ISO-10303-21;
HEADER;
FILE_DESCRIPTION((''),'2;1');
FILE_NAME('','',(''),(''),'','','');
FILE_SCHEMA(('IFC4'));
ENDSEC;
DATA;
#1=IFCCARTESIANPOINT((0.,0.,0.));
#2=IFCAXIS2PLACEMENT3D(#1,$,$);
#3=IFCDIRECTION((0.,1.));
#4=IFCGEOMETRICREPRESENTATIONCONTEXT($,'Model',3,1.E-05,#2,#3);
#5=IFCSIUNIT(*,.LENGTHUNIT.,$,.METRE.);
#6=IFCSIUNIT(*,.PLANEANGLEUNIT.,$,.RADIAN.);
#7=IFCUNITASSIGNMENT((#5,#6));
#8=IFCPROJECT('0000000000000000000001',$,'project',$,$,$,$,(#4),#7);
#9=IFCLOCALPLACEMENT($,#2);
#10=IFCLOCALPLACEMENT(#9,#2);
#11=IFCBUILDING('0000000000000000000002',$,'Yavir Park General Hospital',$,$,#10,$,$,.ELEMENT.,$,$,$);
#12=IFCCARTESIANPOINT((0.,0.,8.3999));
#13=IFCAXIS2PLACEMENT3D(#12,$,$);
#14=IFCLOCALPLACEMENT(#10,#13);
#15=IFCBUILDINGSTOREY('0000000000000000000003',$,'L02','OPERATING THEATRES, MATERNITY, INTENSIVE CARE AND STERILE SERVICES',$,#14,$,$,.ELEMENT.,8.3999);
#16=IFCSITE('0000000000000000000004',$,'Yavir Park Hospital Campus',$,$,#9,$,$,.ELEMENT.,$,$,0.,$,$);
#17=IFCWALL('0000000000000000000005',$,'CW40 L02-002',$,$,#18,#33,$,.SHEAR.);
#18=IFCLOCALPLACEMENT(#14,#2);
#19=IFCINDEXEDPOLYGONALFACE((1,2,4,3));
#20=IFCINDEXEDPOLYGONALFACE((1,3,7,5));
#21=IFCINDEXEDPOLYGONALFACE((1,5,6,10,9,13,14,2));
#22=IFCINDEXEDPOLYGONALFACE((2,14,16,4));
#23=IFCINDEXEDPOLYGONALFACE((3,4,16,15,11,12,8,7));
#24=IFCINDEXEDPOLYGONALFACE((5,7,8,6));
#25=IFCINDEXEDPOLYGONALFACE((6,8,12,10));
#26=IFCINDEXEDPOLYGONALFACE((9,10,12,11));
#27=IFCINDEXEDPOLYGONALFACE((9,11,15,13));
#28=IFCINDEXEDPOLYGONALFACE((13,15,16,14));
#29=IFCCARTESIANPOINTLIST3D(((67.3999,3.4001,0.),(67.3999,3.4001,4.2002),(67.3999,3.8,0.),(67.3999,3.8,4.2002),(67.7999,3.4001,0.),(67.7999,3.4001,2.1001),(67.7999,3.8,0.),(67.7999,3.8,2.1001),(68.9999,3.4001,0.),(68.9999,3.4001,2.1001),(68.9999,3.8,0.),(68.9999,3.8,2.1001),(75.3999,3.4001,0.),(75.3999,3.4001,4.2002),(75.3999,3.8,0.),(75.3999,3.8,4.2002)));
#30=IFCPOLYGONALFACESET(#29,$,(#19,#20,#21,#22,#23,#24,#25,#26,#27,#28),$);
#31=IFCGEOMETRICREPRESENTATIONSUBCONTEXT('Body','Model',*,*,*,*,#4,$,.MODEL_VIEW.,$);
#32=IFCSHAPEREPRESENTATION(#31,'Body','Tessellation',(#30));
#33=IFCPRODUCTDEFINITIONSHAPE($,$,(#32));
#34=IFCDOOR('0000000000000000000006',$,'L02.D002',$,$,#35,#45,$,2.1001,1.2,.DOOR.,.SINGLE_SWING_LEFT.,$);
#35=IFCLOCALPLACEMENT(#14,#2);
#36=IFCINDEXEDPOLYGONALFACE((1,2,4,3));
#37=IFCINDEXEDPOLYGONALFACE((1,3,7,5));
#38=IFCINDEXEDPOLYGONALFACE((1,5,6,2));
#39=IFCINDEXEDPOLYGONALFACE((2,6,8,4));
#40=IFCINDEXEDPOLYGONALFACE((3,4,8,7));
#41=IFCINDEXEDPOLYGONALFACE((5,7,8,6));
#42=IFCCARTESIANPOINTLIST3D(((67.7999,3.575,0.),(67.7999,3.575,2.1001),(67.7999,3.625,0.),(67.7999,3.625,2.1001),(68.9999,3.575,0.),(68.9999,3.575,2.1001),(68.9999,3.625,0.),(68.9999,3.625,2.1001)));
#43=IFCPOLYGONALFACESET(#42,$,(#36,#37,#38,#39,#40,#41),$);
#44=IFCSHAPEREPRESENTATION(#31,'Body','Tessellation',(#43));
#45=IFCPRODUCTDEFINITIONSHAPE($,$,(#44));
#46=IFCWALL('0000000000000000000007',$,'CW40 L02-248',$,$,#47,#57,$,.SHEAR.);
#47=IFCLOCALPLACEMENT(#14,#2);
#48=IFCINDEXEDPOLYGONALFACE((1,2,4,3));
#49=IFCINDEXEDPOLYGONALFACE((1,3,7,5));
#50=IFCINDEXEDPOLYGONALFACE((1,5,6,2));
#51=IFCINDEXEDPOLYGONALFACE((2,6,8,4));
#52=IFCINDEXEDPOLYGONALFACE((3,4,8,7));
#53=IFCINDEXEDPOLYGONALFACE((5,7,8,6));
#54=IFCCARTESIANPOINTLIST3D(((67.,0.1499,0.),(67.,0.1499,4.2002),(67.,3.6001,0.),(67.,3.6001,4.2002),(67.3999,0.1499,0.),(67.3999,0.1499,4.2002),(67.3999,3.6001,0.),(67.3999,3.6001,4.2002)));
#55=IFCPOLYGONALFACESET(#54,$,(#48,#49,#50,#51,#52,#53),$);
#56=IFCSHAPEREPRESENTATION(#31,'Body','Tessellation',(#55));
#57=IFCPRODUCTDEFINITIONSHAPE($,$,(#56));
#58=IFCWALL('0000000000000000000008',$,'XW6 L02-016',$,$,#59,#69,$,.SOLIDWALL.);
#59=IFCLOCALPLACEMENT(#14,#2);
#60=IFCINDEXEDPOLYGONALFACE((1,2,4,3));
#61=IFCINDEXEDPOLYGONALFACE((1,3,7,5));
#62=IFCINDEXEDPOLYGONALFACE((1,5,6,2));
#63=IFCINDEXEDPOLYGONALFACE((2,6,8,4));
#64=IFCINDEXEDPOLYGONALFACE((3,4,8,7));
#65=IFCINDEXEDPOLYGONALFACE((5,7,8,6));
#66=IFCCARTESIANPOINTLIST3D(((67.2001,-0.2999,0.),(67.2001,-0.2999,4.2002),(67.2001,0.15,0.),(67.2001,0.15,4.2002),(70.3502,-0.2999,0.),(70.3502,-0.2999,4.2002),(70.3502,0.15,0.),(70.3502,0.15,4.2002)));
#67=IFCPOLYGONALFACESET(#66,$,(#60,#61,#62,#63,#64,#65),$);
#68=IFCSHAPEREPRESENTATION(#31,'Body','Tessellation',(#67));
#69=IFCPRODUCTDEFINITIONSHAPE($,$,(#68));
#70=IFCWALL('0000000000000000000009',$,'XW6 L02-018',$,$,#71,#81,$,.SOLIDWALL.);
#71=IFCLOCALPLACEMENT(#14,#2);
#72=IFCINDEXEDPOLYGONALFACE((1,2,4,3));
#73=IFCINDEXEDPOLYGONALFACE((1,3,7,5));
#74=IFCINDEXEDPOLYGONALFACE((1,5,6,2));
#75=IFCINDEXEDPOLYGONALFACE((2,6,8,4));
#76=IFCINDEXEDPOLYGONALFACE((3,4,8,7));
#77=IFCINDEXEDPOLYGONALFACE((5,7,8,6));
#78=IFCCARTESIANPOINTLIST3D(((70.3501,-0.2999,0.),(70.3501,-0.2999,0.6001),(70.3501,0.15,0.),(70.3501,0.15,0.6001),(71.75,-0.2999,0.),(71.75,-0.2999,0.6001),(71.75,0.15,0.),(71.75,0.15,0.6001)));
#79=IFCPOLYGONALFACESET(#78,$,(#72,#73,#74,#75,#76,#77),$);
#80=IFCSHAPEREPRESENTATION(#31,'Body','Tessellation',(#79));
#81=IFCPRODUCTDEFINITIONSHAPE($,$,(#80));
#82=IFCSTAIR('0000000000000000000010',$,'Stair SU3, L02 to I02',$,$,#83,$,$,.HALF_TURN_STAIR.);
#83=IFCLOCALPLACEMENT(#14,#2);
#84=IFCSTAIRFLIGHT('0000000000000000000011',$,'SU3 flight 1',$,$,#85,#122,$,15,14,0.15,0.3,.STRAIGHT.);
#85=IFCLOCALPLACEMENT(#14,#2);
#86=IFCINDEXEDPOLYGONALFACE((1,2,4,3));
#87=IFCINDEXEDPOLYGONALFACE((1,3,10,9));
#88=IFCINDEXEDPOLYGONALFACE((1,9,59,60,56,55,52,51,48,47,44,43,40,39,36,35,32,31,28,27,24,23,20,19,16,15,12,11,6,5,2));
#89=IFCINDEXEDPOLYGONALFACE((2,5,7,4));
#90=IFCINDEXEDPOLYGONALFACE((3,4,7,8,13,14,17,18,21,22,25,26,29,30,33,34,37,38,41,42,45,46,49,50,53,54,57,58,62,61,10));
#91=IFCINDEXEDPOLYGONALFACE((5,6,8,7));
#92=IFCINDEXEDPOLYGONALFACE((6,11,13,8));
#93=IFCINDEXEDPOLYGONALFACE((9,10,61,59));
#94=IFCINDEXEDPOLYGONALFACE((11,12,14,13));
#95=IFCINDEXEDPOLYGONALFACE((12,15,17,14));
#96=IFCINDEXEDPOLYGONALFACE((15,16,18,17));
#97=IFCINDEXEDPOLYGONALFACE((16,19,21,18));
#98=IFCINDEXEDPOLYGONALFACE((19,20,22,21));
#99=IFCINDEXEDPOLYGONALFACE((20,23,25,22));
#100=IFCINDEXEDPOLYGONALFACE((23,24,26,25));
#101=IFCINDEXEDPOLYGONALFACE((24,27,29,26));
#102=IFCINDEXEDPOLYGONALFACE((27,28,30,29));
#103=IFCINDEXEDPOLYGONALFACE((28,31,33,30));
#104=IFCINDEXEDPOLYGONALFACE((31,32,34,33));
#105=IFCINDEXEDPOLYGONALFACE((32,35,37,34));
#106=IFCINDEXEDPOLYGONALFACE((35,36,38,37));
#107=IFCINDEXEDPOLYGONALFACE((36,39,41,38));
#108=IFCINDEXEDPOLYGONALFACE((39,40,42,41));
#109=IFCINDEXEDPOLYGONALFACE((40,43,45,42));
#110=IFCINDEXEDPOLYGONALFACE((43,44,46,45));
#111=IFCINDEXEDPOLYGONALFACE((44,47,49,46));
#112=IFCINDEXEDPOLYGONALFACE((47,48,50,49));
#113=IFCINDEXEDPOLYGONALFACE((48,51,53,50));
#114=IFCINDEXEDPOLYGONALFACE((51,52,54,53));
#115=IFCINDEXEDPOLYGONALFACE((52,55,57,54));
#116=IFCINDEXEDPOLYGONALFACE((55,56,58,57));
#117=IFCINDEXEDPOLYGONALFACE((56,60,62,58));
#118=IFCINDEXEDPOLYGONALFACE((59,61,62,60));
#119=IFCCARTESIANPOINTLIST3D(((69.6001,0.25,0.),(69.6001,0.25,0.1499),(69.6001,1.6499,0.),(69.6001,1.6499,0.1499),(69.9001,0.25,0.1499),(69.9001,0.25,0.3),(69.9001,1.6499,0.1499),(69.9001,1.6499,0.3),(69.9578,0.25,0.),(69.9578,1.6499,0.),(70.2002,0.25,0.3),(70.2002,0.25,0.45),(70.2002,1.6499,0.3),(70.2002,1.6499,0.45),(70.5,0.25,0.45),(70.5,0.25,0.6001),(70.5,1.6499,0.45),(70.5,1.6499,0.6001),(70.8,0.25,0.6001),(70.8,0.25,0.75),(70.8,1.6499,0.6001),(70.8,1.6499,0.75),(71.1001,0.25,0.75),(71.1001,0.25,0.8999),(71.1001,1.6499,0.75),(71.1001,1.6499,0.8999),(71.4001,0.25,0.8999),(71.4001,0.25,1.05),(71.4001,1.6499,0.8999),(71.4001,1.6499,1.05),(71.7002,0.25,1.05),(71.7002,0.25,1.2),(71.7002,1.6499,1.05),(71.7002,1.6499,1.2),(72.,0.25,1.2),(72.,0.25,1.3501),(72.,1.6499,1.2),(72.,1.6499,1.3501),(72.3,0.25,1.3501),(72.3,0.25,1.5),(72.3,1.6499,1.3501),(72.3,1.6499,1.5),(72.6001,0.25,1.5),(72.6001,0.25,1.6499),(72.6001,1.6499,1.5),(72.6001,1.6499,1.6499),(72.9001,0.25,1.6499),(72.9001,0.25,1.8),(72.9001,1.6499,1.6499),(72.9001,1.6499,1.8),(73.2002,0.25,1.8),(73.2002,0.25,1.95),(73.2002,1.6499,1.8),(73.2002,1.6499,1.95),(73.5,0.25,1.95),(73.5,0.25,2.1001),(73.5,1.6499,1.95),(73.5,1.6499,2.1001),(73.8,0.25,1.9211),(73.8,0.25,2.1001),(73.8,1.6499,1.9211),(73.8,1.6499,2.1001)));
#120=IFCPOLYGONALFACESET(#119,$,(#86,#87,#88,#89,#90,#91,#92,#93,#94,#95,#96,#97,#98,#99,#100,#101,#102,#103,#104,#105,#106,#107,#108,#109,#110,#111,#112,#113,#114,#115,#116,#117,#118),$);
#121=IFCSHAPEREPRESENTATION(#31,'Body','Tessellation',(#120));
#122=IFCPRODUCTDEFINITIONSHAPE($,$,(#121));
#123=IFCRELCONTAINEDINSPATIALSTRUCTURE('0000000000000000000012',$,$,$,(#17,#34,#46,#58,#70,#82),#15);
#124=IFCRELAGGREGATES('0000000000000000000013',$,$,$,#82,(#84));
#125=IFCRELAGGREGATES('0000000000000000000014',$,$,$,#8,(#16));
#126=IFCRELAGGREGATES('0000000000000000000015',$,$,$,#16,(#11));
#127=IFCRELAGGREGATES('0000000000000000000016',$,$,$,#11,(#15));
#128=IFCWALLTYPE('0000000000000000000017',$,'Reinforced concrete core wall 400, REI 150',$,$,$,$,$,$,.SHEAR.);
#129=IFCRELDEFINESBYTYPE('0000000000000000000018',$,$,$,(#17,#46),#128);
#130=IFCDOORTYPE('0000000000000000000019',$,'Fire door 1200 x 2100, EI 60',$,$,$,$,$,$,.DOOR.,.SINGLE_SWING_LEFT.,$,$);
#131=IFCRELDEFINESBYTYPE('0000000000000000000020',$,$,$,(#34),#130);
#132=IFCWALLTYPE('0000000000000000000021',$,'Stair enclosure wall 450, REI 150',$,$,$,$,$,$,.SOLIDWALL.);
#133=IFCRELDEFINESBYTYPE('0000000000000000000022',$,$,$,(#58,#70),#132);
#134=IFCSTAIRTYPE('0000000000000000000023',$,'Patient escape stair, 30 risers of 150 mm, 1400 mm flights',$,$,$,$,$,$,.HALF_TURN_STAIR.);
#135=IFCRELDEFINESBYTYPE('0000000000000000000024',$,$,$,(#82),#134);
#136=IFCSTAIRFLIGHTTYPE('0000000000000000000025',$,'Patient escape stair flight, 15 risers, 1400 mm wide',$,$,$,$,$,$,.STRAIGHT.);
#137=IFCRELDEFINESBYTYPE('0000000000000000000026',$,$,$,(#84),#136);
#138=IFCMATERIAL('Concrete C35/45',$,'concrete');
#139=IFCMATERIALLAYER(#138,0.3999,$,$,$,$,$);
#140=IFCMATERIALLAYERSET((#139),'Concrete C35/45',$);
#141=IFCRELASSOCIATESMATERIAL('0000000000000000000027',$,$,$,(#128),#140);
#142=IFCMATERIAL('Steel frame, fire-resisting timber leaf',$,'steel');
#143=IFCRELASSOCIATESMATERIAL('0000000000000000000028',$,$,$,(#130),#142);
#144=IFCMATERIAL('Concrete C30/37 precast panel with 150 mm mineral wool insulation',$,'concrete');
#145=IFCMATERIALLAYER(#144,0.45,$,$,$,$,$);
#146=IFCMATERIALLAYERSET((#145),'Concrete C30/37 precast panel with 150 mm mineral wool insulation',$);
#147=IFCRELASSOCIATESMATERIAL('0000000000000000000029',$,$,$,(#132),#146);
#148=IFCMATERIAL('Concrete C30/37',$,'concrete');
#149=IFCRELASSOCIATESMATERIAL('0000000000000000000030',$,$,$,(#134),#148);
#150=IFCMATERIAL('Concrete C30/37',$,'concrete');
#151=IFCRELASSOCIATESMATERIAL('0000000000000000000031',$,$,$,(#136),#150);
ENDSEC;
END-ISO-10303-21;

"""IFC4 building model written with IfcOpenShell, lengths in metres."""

from ifc_helpers import new_model, si_unit, direction, frame, frame_2d, origin, place, context, subcontext, project, spatial, polyline, rectangle, outline, extrude, material, layer, layer_set, type_object, element, fill, aggregate, save


model = new_model("IFC4")

# Units and contexts
model_context = context("Model", 3, precision=1e-05, world=origin(), true_north=direction((0.0, 1.0)))
body_context = subcontext(model_context, "Body", "Model", "MODEL_VIEW")
ifc_project = project(units=[si_unit("LENGTHUNIT", "METRE"), si_unit("PLANEANGLEUNIT", "RADIAN")], contexts=[model_context])

# Site, building, storey
site_placement = place(None, origin())
site = spatial("IfcSite", under=ifc_project, at=site_placement, Name="Yavir Park Hospital Campus", CompositionType="ELEMENT", RefElevation=0.0)
building_placement = place(site_placement, origin())
building = spatial("IfcBuilding", under=site, at=building_placement, Name="Yavir Park General Hospital", CompositionType="ELEMENT")
storey_placement = place(building_placement, frame((0.0, 0.0, 8.3999)))
storey = spatial("IfcBuildingStorey", under=building, at=storey_placement, Name="L02", Description="OPERATING THEATRES, MATERNITY, INTENSIVE CARE AND STERILE SERVICES", CompositionType="ELEMENT", Elevation=8.3999)

# Wall, opening, door
ifc_material_1 = material(Name="Concrete C35/45", Category="concrete")
ifc_layer_1 = layer(ifc_material_1, 0.3999)
ifc_layer_set_1 = layer_set([ifc_layer_1], Name="Concrete C35/45")
wall_type_1 = type_object("IfcWallType", Name="Reinforced concrete core wall 400, REI 150", PredefinedType="SHEAR", material=ifc_layer_set_1)
wall_1_placement = place(storey_placement, frame((67.3999, 3.6001, 0.0), z_axis=(0.0, 0.0, 1.0), x_axis=(1.0, 0.0, 0.0)))
wall_1 = element("IfcWall", 1, at=wall_1_placement, inside=storey, type_object=wall_type_1, Name="CW40 L02-002", PredefinedType="SHEAR", context=body_context, shape_type="SweptSolid", body=[
    extrude(rectangle(XDim=8.0, YDim=0.3999, at=frame_2d((4.0, 0.0))), origin(), (0.0, 0.0, 1.0), 4.2002),
])
opening_1_placement = place(wall_1_placement, frame((0.3999, 0.0, 0.0)))
opening_1 = element("IfcOpeningElement", 2, at=opening_1_placement, cuts=wall_1, PredefinedType="OPENING", context=body_context, shape_type="SweptSolid", body=[
    extrude(rectangle(XDim=1.2, YDim=2.1001, at=frame_2d((0.6001, 1.05))), frame((0.0, 0.21, 0.0), z_axis=(0.0, -1.0, 0.0), x_axis=(1.0, 0.0, 0.0)), (0.0, 0.0, 1.0), 0.4199),
])
ifc_material_2 = material(Name="Steel frame, fire-resisting timber leaf", Category="steel")
door_type_1 = type_object("IfcDoorType", Name="Fire door 1200 x 2100, EI 60", OperationType="SINGLE_SWING_LEFT", PredefinedType="DOOR", material=ifc_material_2)
door_1_placement = place(opening_1_placement, origin())
door_1 = element("IfcDoor", 3, at=door_1_placement, inside=storey, type_object=door_type_1, Name="L02.D002", OperationType="SINGLE_SWING_LEFT", OverallHeight=2.1001, OverallWidth=1.2, PredefinedType="DOOR", context=body_context, shape_type="SweptSolid", body=[
    extrude(rectangle(XDim=1.2, YDim=2.1001, at=frame_2d((0.6001, 1.05))), frame((0.0, 0.0249, 0.0), z_axis=(0.0, -1.0, 0.0), x_axis=(1.0, 0.0, 0.0)), (0.0, 0.0, 1.0), 0.05),
])
fill(opening_1, door_1)

# Walls
wall_2_placement = place(storey_placement, frame((67.2, 0.1499, 0.0), z_axis=(0.0, 0.0, 1.0), x_axis=(0.0, 1.0, 0.0)))
element("IfcWall", 4, at=wall_2_placement, inside=storey, type_object=wall_type_1, Name="CW40 L02-248", PredefinedType="SHEAR", context=body_context, shape_type="SweptSolid", body=[
    extrude(rectangle(XDim=3.4502, YDim=0.3999, at=frame_2d((1.7251, 0.0))), origin(), (0.0, 0.0, 1.0), 4.2002),
])
ifc_material_3 = material(Name="Concrete C30/37 precast panel with 150 mm mineral wool insulation", Category="concrete")
ifc_layer_2 = layer(ifc_material_3, 0.45)
ifc_layer_set_2 = layer_set([ifc_layer_2], Name="Concrete C30/37 precast panel with 150 mm mineral wool insulation")
wall_type_2 = type_object("IfcWallType", Name="Stair enclosure wall 450, REI 150", PredefinedType="SOLIDWALL", material=ifc_layer_set_2)
wall_3_placement = place(storey_placement, frame((67.2, -0.075, 0.0), z_axis=(0.0, 0.0, 1.0), x_axis=(1.0, 0.0, 0.0)))
element("IfcWall", 5, at=wall_3_placement, inside=storey, type_object=wall_type_2, Name="XW6 L02-016", PredefinedType="SOLIDWALL", context=body_context, shape_type="SweptSolid", body=[
    extrude(rectangle(XDim=3.1501, YDim=0.45, at=frame_2d((1.5752, 0.0))), origin(), (0.0, 0.0, 1.0), 4.2002),
])
wall_4_placement = place(storey_placement, frame((70.3501, -0.075, 0.0), z_axis=(0.0, 0.0, 1.0), x_axis=(1.0, 0.0, 0.0)))
element("IfcWall", 6, at=wall_4_placement, inside=storey, type_object=wall_type_2, Name="XW6 L02-018", PredefinedType="SOLIDWALL", context=body_context, shape_type="SweptSolid", body=[
    extrude(rectangle(XDim=1.3999, YDim=0.45, at=frame_2d((0.7, 0.0))), origin(), (0.0, 0.0, 1.0), 0.6001),
])

# Stair, stair flight
ifc_material_4 = material(Name="Concrete C30/37", Category="concrete")
stair_type = type_object("IfcStairType", Name="Patient escape stair, 30 risers of 150 mm, 1400 mm flights", PredefinedType="HALF_TURN_STAIR", material=ifc_material_4)
stair_placement = place(storey_placement, origin())
stair = element("IfcStair", 7, at=stair_placement, inside=storey, type_object=stair_type, Name="Stair SU3, L02 to I02", PredefinedType="HALF_TURN_STAIR")
ifc_material_5 = material(Name="Concrete C30/37", Category="concrete")
stair_flight_type = type_object("IfcStairFlightType", Name="Patient escape stair flight, 15 risers, 1400 mm wide", PredefinedType="STRAIGHT", material=ifc_material_5)
stair_flight_placement = place(storey_placement, frame((69.6001, 0.95, 0.0), z_axis=(0.0, 0.0, 1.0), x_axis=(1.0, 0.0, 0.0)))
stair_flight = element("IfcStairFlight", 8, at=stair_flight_placement, type_object=stair_flight_type, Name="SU3 flight 1", NumberOfRisers=15, NumberOfTreads=14, PredefinedType="STRAIGHT", RiserHeight=0.15, TreadLength=0.3, context=body_context, shape_type="SweptSolid", body=[
    extrude(outline(polyline([(0.0, 0.0), (0.0, 0.1499), (0.3, 0.1499), (0.3, 0.3), (0.6001, 0.3), (0.6001, 0.45), (0.8999, 0.45), (0.8999, 0.6001), (1.2, 0.6001), (1.2, 0.75), (1.5, 0.75), (1.5, 0.8999), (1.8, 0.8999), (1.8, 1.05), (2.1001, 1.05), (2.1001, 1.2), (2.3999, 1.2), (2.3999, 1.3501), (2.7, 1.3501), (2.7, 1.5), (3.0, 1.5), (3.0, 1.6499), (3.3, 1.6499), (3.3, 1.8), (3.6001, 1.8), (3.6001, 1.95), (3.8999, 1.95), (3.8999, 2.1001), (4.2, 2.1001), (4.2, 2.25), (4.2, 1.9211), (0.3577, 0.0), (0.0, 0.0)])), frame((0.0, 0.7, 0.0), z_axis=(0.0, -1.0, 0.0), x_axis=(1.0, 0.0, 0.0)), (0.0, 0.0, 1.0), 1.3999),
])
aggregate(stair, [stair_flight])

save(model, "model.ifc")
